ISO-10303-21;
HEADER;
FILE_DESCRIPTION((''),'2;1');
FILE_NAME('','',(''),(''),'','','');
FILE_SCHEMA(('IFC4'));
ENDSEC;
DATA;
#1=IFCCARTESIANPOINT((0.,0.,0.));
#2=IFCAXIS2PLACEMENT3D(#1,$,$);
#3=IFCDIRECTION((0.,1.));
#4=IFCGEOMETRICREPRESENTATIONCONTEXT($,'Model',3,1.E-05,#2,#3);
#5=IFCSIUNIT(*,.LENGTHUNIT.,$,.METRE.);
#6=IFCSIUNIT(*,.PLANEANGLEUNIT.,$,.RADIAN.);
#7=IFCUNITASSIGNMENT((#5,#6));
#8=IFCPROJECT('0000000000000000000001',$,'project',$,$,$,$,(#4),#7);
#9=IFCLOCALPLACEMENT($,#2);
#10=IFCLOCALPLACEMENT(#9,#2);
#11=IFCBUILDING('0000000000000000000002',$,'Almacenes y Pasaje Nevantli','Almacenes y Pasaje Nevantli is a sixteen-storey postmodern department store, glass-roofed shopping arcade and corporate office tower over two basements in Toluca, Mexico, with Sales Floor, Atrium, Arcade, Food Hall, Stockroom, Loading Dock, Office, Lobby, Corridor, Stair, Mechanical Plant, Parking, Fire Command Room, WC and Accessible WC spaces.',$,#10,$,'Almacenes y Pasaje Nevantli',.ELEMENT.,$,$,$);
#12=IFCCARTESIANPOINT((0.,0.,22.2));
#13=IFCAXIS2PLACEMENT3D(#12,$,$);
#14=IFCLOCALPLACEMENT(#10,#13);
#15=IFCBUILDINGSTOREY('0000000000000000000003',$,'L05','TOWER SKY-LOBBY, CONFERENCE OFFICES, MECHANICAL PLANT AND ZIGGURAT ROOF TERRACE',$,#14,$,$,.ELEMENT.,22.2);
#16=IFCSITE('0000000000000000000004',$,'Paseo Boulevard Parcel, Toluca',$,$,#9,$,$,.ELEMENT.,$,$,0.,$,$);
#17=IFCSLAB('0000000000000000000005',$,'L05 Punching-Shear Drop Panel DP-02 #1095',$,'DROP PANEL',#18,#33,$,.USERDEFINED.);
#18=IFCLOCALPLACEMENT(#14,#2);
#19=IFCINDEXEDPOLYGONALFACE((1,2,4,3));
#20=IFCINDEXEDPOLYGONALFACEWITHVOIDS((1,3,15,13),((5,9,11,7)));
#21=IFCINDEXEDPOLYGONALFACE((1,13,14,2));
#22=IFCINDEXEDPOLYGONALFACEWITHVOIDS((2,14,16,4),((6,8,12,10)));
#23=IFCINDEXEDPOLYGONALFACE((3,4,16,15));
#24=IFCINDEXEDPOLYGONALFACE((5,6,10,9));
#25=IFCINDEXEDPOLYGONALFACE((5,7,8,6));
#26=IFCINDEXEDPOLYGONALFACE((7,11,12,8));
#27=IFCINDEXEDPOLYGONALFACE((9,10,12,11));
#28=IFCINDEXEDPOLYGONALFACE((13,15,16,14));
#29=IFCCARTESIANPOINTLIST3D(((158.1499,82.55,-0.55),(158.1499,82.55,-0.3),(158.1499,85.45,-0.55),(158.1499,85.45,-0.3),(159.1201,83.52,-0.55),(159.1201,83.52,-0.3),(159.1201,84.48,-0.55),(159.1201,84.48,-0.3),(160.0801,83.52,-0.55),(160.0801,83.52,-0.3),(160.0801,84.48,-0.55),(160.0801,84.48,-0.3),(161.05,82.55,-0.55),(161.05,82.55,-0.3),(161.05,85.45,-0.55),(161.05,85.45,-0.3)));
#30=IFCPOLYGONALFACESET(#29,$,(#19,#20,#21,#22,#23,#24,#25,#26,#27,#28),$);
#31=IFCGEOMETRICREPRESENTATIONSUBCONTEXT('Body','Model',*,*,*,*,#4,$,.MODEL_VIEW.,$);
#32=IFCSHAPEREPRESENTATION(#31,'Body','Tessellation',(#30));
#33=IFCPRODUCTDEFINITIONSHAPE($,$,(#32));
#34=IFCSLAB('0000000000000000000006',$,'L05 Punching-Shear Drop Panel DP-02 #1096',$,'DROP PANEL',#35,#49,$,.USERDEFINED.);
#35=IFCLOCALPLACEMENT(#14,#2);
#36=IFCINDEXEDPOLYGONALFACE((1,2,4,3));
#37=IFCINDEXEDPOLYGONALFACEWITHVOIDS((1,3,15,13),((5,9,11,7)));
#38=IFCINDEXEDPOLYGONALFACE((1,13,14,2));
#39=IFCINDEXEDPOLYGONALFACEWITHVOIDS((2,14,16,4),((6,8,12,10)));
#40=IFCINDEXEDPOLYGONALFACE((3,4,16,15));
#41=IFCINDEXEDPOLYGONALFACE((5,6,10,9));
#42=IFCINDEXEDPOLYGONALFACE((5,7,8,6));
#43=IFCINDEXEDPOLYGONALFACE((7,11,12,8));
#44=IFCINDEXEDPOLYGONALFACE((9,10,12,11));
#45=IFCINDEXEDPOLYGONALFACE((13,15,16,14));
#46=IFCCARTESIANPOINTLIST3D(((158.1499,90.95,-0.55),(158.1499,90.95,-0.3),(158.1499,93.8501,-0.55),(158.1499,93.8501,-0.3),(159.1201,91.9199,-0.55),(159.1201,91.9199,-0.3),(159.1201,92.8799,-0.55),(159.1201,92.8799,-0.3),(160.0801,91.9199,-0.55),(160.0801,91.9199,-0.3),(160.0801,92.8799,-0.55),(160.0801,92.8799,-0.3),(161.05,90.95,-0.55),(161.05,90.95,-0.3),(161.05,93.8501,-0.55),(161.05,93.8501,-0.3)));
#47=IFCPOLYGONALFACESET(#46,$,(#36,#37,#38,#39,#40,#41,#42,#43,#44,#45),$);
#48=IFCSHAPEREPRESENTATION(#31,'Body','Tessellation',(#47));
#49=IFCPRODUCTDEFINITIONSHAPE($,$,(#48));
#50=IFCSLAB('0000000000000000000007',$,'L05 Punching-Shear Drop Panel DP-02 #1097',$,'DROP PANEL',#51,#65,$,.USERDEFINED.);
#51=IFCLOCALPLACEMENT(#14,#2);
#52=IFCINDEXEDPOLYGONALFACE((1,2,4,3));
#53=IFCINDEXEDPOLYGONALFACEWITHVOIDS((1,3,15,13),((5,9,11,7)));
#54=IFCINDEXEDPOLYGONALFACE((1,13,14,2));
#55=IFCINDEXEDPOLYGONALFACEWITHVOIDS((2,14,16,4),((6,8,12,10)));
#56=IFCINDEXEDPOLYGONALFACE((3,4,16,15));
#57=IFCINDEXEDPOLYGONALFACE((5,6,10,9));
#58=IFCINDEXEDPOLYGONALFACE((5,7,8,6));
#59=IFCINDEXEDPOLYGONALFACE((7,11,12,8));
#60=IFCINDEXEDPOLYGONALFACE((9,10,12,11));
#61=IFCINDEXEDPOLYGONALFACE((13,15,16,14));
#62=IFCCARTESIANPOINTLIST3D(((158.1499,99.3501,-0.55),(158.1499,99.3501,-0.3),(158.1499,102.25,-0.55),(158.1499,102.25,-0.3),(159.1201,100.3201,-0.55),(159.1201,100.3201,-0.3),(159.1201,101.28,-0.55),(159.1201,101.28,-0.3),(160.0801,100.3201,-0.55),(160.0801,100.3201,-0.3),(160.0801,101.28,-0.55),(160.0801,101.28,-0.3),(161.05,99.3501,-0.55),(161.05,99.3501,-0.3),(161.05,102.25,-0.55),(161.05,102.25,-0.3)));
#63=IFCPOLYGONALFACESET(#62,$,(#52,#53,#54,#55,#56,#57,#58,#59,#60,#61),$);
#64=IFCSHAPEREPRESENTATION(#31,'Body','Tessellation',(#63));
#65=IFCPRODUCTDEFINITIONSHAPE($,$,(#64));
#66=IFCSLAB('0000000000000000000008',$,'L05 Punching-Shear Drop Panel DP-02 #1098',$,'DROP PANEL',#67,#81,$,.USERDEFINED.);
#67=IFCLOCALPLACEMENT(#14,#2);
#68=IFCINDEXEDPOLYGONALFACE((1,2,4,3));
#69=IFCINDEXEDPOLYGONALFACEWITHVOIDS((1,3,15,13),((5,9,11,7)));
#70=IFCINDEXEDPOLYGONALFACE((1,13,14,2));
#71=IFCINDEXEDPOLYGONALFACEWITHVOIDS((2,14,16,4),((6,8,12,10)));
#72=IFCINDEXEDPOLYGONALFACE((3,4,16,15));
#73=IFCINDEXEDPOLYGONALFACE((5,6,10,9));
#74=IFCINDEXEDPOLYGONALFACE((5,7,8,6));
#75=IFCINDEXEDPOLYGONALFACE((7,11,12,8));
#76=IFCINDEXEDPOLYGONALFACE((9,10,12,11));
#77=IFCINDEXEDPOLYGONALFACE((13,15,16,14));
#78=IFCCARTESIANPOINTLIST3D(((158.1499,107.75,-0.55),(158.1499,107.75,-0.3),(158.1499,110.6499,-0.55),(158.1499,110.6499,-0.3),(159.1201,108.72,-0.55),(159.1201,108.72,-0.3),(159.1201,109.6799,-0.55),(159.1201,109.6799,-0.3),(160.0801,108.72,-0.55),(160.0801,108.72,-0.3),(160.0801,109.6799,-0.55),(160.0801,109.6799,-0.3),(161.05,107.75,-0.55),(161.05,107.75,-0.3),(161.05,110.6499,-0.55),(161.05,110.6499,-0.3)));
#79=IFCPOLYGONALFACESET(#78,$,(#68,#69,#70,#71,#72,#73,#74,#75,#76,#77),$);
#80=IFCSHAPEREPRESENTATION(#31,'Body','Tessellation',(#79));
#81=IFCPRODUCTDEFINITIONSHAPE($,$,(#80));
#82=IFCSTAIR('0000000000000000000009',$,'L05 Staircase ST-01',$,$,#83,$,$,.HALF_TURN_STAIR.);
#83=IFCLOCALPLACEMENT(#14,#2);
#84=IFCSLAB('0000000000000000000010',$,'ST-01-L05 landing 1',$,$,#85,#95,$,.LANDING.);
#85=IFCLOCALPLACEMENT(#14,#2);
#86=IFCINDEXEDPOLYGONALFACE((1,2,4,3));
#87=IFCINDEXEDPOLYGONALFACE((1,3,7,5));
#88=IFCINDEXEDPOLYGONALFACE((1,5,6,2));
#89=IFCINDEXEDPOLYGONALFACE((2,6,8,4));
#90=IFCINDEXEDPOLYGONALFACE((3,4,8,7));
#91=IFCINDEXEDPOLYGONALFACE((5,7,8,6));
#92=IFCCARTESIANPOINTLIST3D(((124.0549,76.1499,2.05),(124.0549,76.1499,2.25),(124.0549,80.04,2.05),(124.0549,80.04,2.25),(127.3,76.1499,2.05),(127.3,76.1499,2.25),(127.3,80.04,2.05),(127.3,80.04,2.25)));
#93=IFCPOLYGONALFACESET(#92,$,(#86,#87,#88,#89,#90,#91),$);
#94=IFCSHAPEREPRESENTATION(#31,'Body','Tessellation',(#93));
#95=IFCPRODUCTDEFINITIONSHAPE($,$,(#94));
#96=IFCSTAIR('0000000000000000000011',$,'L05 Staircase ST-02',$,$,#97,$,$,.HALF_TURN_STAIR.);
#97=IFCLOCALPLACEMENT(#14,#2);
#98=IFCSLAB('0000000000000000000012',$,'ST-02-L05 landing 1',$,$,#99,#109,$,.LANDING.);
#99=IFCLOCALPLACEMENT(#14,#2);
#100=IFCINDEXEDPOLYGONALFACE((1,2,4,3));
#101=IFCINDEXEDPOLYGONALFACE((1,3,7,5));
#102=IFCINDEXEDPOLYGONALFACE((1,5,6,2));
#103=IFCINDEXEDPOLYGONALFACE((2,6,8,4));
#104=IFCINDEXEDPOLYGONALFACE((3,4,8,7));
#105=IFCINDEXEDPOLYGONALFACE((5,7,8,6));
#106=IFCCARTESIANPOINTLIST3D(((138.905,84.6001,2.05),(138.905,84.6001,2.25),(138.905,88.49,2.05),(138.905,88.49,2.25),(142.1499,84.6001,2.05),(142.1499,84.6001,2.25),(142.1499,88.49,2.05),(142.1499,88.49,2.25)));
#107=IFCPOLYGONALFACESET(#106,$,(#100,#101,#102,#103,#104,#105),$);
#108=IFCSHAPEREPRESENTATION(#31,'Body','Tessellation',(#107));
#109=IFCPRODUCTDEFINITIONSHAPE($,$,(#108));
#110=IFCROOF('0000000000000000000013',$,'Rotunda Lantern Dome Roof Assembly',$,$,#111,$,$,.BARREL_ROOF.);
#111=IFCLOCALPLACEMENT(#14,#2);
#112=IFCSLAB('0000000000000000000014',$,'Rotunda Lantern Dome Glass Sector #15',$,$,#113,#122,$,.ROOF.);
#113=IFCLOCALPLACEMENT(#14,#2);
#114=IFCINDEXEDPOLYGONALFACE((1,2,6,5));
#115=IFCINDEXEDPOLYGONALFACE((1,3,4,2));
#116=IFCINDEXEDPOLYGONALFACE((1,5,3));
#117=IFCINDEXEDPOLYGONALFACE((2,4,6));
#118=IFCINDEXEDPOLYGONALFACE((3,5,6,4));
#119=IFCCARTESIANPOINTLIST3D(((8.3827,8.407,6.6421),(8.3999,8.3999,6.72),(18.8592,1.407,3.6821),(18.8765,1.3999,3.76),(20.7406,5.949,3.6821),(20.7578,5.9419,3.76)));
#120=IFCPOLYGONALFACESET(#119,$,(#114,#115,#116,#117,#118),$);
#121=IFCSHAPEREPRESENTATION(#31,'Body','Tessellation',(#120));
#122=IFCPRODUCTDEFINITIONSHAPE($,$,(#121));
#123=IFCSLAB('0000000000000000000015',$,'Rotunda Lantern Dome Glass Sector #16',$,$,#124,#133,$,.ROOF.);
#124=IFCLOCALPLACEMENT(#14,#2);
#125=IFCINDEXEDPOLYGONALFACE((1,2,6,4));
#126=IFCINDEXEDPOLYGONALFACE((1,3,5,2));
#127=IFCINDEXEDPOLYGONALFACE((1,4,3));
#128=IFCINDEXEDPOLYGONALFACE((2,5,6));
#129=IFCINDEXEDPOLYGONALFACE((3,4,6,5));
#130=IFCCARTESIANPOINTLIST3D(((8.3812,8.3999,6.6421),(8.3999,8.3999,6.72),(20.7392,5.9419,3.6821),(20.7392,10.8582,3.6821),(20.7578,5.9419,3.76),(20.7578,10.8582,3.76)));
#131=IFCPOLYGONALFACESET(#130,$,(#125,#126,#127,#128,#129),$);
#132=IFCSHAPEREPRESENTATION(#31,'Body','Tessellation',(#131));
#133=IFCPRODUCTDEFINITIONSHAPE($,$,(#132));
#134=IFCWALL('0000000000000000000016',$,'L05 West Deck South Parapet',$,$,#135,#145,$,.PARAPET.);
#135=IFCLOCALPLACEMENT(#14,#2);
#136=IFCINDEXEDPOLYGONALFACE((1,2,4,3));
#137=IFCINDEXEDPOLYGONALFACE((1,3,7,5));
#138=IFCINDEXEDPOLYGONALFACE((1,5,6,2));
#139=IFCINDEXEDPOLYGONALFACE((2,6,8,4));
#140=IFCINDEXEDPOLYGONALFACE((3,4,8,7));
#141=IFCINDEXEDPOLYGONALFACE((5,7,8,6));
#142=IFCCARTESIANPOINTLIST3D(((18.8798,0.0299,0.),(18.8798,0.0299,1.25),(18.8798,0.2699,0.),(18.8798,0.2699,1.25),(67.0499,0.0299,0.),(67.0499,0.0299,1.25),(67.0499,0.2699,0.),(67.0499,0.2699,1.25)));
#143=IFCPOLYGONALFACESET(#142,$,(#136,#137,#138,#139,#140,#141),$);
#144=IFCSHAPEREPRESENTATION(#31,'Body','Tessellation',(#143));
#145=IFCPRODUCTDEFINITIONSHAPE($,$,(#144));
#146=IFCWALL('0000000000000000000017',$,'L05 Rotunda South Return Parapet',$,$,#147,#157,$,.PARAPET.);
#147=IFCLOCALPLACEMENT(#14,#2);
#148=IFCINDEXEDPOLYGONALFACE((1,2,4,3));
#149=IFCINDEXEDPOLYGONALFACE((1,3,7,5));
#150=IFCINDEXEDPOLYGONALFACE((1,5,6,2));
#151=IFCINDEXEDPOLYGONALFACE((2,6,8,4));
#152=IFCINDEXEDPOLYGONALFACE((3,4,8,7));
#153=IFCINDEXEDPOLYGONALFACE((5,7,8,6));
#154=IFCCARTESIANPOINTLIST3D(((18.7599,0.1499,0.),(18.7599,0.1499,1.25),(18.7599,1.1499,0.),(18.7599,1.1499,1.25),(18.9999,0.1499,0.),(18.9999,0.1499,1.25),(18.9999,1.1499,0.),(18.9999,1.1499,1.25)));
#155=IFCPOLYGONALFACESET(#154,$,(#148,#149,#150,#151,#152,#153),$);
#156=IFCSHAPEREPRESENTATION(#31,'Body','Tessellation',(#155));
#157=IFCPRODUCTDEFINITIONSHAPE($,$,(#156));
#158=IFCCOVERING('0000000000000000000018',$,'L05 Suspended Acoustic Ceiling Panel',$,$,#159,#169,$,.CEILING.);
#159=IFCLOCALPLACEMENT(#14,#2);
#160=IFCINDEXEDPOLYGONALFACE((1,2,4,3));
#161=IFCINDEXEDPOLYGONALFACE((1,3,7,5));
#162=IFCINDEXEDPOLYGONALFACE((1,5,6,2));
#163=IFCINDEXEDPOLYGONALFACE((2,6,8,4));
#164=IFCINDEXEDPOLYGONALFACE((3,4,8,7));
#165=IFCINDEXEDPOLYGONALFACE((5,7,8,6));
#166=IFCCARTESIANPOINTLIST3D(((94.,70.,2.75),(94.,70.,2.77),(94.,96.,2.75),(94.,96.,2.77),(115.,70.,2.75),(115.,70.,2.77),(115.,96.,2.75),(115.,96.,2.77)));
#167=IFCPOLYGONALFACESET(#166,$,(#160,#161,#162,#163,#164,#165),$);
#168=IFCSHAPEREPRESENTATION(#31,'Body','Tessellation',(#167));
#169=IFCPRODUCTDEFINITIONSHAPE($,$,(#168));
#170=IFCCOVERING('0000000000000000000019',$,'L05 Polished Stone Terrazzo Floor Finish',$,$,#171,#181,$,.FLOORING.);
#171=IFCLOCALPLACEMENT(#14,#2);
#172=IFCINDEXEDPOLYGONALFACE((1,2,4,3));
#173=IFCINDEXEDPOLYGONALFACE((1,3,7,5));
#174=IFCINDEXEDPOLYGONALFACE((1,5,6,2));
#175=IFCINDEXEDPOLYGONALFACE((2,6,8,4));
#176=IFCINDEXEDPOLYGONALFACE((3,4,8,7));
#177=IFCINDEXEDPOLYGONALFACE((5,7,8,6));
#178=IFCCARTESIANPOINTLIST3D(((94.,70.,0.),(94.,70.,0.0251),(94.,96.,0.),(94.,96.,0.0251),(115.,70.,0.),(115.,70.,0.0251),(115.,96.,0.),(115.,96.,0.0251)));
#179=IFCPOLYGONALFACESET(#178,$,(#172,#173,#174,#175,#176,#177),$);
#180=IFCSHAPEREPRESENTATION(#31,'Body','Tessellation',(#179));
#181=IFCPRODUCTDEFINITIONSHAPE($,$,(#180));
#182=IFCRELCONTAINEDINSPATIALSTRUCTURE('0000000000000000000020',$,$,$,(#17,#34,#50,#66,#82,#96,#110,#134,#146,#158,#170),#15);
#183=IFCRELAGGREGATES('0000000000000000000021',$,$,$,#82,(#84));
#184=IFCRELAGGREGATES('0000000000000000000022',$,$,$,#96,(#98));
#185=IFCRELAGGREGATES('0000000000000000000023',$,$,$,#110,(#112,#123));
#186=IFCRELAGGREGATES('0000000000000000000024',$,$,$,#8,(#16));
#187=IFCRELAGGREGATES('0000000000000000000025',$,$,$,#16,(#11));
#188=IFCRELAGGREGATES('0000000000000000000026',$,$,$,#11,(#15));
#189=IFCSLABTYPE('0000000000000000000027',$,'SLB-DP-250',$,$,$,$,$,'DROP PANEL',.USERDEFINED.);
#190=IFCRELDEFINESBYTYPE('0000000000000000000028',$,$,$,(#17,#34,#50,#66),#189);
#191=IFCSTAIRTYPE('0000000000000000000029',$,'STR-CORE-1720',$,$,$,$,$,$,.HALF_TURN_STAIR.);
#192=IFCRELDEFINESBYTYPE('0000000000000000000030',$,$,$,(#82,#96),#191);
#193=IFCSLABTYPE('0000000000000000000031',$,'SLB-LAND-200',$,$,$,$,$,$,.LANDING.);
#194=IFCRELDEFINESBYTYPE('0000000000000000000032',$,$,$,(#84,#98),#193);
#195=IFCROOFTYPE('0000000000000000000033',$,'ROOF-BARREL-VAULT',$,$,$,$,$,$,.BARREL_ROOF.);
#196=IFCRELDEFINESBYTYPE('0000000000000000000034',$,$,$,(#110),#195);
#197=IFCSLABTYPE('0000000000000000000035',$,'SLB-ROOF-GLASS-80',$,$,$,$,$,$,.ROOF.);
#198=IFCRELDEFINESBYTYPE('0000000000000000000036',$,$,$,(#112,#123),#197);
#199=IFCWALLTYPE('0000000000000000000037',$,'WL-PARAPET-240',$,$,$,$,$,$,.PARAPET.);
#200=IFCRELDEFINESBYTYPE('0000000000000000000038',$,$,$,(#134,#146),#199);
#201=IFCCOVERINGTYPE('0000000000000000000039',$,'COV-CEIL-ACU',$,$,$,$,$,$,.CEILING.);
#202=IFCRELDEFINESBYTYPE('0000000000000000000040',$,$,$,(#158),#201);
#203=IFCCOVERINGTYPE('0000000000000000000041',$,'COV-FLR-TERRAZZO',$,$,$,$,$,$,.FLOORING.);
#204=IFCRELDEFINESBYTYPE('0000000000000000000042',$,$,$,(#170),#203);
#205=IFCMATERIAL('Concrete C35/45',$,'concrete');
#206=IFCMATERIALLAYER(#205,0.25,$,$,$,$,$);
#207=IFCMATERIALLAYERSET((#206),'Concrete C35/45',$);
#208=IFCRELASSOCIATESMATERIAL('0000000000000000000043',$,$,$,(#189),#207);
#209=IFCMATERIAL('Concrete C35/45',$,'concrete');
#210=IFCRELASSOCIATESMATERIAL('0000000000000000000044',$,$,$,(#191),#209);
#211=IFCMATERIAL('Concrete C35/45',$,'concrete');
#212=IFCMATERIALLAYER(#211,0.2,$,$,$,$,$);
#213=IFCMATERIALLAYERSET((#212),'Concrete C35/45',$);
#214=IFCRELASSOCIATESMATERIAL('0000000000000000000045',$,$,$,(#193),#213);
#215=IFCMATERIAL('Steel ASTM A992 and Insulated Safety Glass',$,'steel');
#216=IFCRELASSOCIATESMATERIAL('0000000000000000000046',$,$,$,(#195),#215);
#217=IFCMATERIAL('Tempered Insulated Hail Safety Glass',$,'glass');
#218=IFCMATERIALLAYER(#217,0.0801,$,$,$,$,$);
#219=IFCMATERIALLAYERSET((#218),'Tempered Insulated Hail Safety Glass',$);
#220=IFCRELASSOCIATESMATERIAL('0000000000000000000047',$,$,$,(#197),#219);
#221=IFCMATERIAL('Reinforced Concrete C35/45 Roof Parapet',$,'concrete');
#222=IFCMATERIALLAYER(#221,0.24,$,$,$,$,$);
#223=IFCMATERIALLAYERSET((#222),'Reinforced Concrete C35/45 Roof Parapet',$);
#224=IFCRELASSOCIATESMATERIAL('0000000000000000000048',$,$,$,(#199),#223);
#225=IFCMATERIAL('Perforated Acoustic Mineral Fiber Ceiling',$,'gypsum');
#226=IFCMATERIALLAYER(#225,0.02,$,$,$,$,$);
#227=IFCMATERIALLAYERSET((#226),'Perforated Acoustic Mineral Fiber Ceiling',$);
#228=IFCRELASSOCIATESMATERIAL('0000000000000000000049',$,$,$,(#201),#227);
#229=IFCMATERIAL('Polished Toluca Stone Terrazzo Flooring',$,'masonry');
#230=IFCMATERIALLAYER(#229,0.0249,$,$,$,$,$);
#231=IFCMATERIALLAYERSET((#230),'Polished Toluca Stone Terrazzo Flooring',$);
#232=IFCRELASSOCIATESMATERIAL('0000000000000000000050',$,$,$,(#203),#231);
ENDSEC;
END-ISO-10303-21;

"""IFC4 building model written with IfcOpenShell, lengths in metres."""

from ifc_helpers import new_model, si_unit, direction, frame, frame_2d, origin, place, context, subcontext, project, spatial, polyline, rectangle, outline, extrude, material, layer, layer_set, type_object, element, aggregate, save


model = new_model("IFC4")

# Units and contexts
model_context = context("Model", 3, precision=1e-05, world=origin(), true_north=direction((0.0, 1.0)))
body_context = subcontext(model_context, "Body", "Model", "MODEL_VIEW")
ifc_project = project(units=[si_unit("LENGTHUNIT", "METRE"), si_unit("PLANEANGLEUNIT", "RADIAN")], contexts=[model_context])

# Site, building, storey
site_placement = place(None, origin())
site = spatial("IfcSite", under=ifc_project, at=site_placement, Name="Paseo Boulevard Parcel, Toluca", CompositionType="ELEMENT", RefElevation=0.0)
building_placement = place(site_placement, origin())
building = spatial("IfcBuilding", under=site, at=building_placement, Name="Almacenes y Pasaje Nevantli", Description="Almacenes y Pasaje Nevantli is a sixteen-storey postmodern department store, glass-roofed shopping arcade and corporate office tower over two basements in Toluca, Mexico, with Sales Floor, Atrium, Arcade, Food Hall, Stockroom, Loading Dock, Office, Lobby, Corridor, Stair, Mechanical Plant, Parking, Fire Command Room, WC and Accessible WC spaces.", LongName="Almacenes y Pasaje Nevantli", CompositionType="ELEMENT")
storey_placement = place(building_placement, frame((0.0, 0.0, 22.2)))
storey = spatial("IfcBuildingStorey", under=building, at=storey_placement, Name="L05", Description="TOWER SKY-LOBBY, CONFERENCE OFFICES, MECHANICAL PLANT AND ZIGGURAT ROOF TERRACE", CompositionType="ELEMENT", Elevation=22.2)

# Slabs
ifc_material_1 = material(Name="Concrete C35/45", Category="concrete")
ifc_layer_1 = layer(ifc_material_1, 0.25)
ifc_layer_set_1 = layer_set([ifc_layer_1], Name="Concrete C35/45")
slab_type_1 = type_object("IfcSlabType", Name="SLB-DP-250", ElementType="DROP PANEL", PredefinedType="USERDEFINED", material=ifc_layer_set_1)
slab_1_placement = place(storey_placement, frame((0.0, 0.0, -0.55)))
element("IfcSlab", 1, at=slab_1_placement, inside=storey, type_object=slab_type_1, Name="L05 Punching-Shear Drop Panel DP-02 #1095", ObjectType="DROP PANEL", PredefinedType="USERDEFINED", context=body_context, shape_type="SweptSolid", body=[
    extrude(outline(polyline([(158.1499, 82.55), (161.05, 82.55), (161.05, 85.45), (158.1499, 85.45), (158.1499, 82.55)]), holes=[polyline([(159.1201, 83.52), (160.0801, 83.52), (160.0801, 84.48), (159.1201, 84.48), (159.1201, 83.52)])]), origin(), (0.0, 0.0, 1.0), 0.25),
])
slab_2_placement = place(storey_placement, frame((0.0, 0.0, -0.55)))
element("IfcSlab", 2, at=slab_2_placement, inside=storey, type_object=slab_type_1, Name="L05 Punching-Shear Drop Panel DP-02 #1096", ObjectType="DROP PANEL", PredefinedType="USERDEFINED", context=body_context, shape_type="SweptSolid", body=[
    extrude(outline(polyline([(158.1499, 90.95), (161.05, 90.95), (161.05, 93.8501), (158.1499, 93.8501), (158.1499, 90.95)]), holes=[polyline([(159.1201, 91.9199), (160.0801, 91.9199), (160.0801, 92.8799), (159.1201, 92.8799), (159.1201, 91.9199)])]), origin(), (0.0, 0.0, 1.0), 0.25),
])
slab_3_placement = place(storey_placement, frame((0.0, 0.0, -0.55)))
element("IfcSlab", 3, at=slab_3_placement, inside=storey, type_object=slab_type_1, Name="L05 Punching-Shear Drop Panel DP-02 #1097", ObjectType="DROP PANEL", PredefinedType="USERDEFINED", context=body_context, shape_type="SweptSolid", body=[
    extrude(outline(polyline([(158.1499, 99.3501), (161.05, 99.3501), (161.05, 102.25), (158.1499, 102.25), (158.1499, 99.3501)]), holes=[polyline([(159.1201, 100.3201), (160.0801, 100.3201), (160.0801, 101.28), (159.1201, 101.28), (159.1201, 100.3201)])]), origin(), (0.0, 0.0, 1.0), 0.25),
])
slab_4_placement = place(storey_placement, frame((0.0, 0.0, -0.55)))
element("IfcSlab", 4, at=slab_4_placement, inside=storey, type_object=slab_type_1, Name="L05 Punching-Shear Drop Panel DP-02 #1098", ObjectType="DROP PANEL", PredefinedType="USERDEFINED", context=body_context, shape_type="SweptSolid", body=[
    extrude(outline(polyline([(158.1499, 107.75), (161.05, 107.75), (161.05, 110.6499), (158.1499, 110.6499), (158.1499, 107.75)]), holes=[polyline([(159.1201, 108.72), (160.0801, 108.72), (160.0801, 109.6799), (159.1201, 109.6799), (159.1201, 108.72)])]), origin(), (0.0, 0.0, 1.0), 0.25),
])

# Stairs, slabs
ifc_material_2 = material(Name="Concrete C35/45", Category="concrete")
stair_type = type_object("IfcStairType", Name="STR-CORE-1720", PredefinedType="HALF_TURN_STAIR", material=ifc_material_2)
stair_1_placement = place(storey_placement, origin())
stair_1 = element("IfcStair", 5, at=stair_1_placement, inside=storey, type_object=stair_type, Name="L05 Staircase ST-01", PredefinedType="HALF_TURN_STAIR")
ifc_material_3 = material(Name="Concrete C35/45", Category="concrete")
ifc_layer_2 = layer(ifc_material_3, 0.2)
ifc_layer_set_2 = layer_set([ifc_layer_2], Name="Concrete C35/45")
slab_type_2 = type_object("IfcSlabType", Name="SLB-LAND-200", PredefinedType="LANDING", material=ifc_layer_set_2)
slab_5_placement = place(storey_placement, frame((0.0, 0.0, 2.05)))
slab_5 = element("IfcSlab", 6, at=slab_5_placement, type_object=slab_type_2, Name="ST-01-L05 landing 1", PredefinedType="LANDING", context=body_context, shape_type="SweptSolid", body=[
    extrude(outline(polyline([(124.0549, 76.1499), (127.3, 76.1499), (127.3, 80.04), (124.0549, 80.04), (124.0549, 76.1499)])), origin(), (0.0, 0.0, 1.0), 0.2),
])
aggregate(stair_1, [slab_5])
stair_2_placement = place(storey_placement, origin())
stair_2 = element("IfcStair", 7, at=stair_2_placement, inside=storey, type_object=stair_type, Name="L05 Staircase ST-02", PredefinedType="HALF_TURN_STAIR")
slab_6_placement = place(storey_placement, frame((0.0, 0.0, 2.05)))
slab_6 = element("IfcSlab", 8, at=slab_6_placement, type_object=slab_type_2, Name="ST-02-L05 landing 1", PredefinedType="LANDING", context=body_context, shape_type="SweptSolid", body=[
    extrude(outline(polyline([(138.905, 84.6001), (142.1499, 84.6001), (142.1499, 88.49), (138.905, 88.49), (138.905, 84.6001)])), origin(), (0.0, 0.0, 1.0), 0.2),
])
aggregate(stair_2, [slab_6])

# Roof, slabs
ifc_material_4 = material(Name="Steel ASTM A992 and Insulated Safety Glass", Category="steel")
roof_type = type_object("IfcRoofType", Name="ROOF-BARREL-VAULT", PredefinedType="BARREL_ROOF", material=ifc_material_4)
roof_placement = place(storey_placement, origin())
roof = element("IfcRoof", 9, at=roof_placement, inside=storey, type_object=roof_type, Name="Rotunda Lantern Dome Roof Assembly", PredefinedType="BARREL_ROOF")
ifc_material_5 = material(Name="Tempered Insulated Hail Safety Glass", Category="glass")
ifc_layer_3 = layer(ifc_material_5, 0.0801)
ifc_layer_set_3 = layer_set([ifc_layer_3], Name="Tempered Insulated Hail Safety Glass")
slab_type_3 = type_object("IfcSlabType", Name="SLB-ROOF-GLASS-80", PredefinedType="ROOF", material=ifc_layer_set_3)
slab_7_placement = place(storey_placement, frame((18.8765, 1.3999, 3.76), z_axis=(0.215201, -0.089139, 0.972493), x_axis=(0.382682, 0.92388, 0.0)))
slab_7 = element("IfcSlab", 10, at=slab_7_placement, type_object=slab_type_3, Name="Rotunda Lantern Dome Glass Sector #15", PredefinedType="ROOF", context=body_context, shape_type="SweptSolid", body=[
    extrude(outline(polyline([(0.0, 0.0), (4.9162, 0.0), (2.458, 12.7074), (0.0, 0.0)])), origin(), (0.0, 0.0, -1.0), 0.0801),
])
slab_8_placement = place(storey_placement, frame((20.7578, 5.9419, 3.76), z_axis=(0.232931, 0.0, 0.972493), x_axis=(0.0, 1.0, 0.0)))
slab_8 = element("IfcSlab", 11, at=slab_8_placement, type_object=slab_type_3, Name="Rotunda Lantern Dome Glass Sector #16", PredefinedType="ROOF", context=body_context, shape_type="SweptSolid", body=[
    extrude(outline(polyline([(0.0, 0.0), (4.9163, 0.0), (2.458, 12.7075), (0.0, 0.0)])), origin(), (0.0, 0.0, -1.0), 0.0801),
])
aggregate(roof, [slab_7, slab_8])

# Walls
ifc_material_6 = material(Name="Reinforced Concrete C35/45 Roof Parapet", Category="concrete")
ifc_layer_4 = layer(ifc_material_6, 0.24)
ifc_layer_set_4 = layer_set([ifc_layer_4], Name="Reinforced Concrete C35/45 Roof Parapet")
wall_type = type_object("IfcWallType", Name="WL-PARAPET-240", PredefinedType="PARAPET", material=ifc_layer_set_4)
wall_1_placement = place(storey_placement, frame((18.8799, 0.1499, 0.0), z_axis=(0.0, 0.0, 1.0), x_axis=(1.0, 0.0, 0.0)))
element("IfcWall", 12, at=wall_1_placement, inside=storey, type_object=wall_type, Name="L05 West Deck South Parapet", PredefinedType="PARAPET", context=body_context, shape_type="SweptSolid", body=[
    extrude(rectangle(XDim=48.1702, YDim=0.24, at=frame_2d((24.085, 0.0))), origin(), (0.0, 0.0, 1.0), 1.25),
])
wall_2_placement = place(storey_placement, frame((18.8799, 0.1499, 0.0), z_axis=(0.0, 0.0, 1.0), x_axis=(0.0, 1.0, 0.0)))
element("IfcWall", 13, at=wall_2_placement, inside=storey, type_object=wall_type, Name="L05 Rotunda South Return Parapet", PredefinedType="PARAPET", context=body_context, shape_type="SweptSolid", body=[
    extrude(rectangle(XDim=1.0, YDim=0.24, at=frame_2d((0.5, 0.0))), origin(), (0.0, 0.0, 1.0), 1.25),
])

# Coverings
ifc_material_7 = material(Name="Perforated Acoustic Mineral Fiber Ceiling", Category="gypsum")
ifc_layer_5 = layer(ifc_material_7, 0.02)
ifc_layer_set_5 = layer_set([ifc_layer_5], Name="Perforated Acoustic Mineral Fiber Ceiling")
covering_type_1 = type_object("IfcCoveringType", Name="COV-CEIL-ACU", PredefinedType="CEILING", material=ifc_layer_set_5)
covering_1_placement = place(storey_placement, frame((0.0, 0.0, 2.75)))
element("IfcCovering", 14, at=covering_1_placement, inside=storey, type_object=covering_type_1, Name="L05 Suspended Acoustic Ceiling Panel", PredefinedType="CEILING", context=body_context, shape_type="SweptSolid", body=[
    extrude(outline(polyline([(94.0, 70.0), (115.0, 70.0), (115.0, 96.0), (94.0, 96.0), (94.0, 70.0)])), origin(), (0.0, 0.0, 1.0), 0.02),
])
ifc_material_8 = material(Name="Polished Toluca Stone Terrazzo Flooring", Category="masonry")
ifc_layer_6 = layer(ifc_material_8, 0.0249)
ifc_layer_set_6 = layer_set([ifc_layer_6], Name="Polished Toluca Stone Terrazzo Flooring")
covering_type_2 = type_object("IfcCoveringType", Name="COV-FLR-TERRAZZO", PredefinedType="FLOORING", material=ifc_layer_set_6)
covering_2_placement = place(storey_placement, origin())
element("IfcCovering", 15, at=covering_2_placement, inside=storey, type_object=covering_type_2, Name="L05 Polished Stone Terrazzo Floor Finish", PredefinedType="FLOORING", context=body_context, shape_type="SweptSolid", body=[
    extrude(outline(polyline([(94.0, 70.0), (115.0, 70.0), (115.0, 96.0), (94.0, 96.0), (94.0, 70.0)])), origin(), (0.0, 0.0, 1.0), 0.0251),
])

save(model, "model.ifc")
